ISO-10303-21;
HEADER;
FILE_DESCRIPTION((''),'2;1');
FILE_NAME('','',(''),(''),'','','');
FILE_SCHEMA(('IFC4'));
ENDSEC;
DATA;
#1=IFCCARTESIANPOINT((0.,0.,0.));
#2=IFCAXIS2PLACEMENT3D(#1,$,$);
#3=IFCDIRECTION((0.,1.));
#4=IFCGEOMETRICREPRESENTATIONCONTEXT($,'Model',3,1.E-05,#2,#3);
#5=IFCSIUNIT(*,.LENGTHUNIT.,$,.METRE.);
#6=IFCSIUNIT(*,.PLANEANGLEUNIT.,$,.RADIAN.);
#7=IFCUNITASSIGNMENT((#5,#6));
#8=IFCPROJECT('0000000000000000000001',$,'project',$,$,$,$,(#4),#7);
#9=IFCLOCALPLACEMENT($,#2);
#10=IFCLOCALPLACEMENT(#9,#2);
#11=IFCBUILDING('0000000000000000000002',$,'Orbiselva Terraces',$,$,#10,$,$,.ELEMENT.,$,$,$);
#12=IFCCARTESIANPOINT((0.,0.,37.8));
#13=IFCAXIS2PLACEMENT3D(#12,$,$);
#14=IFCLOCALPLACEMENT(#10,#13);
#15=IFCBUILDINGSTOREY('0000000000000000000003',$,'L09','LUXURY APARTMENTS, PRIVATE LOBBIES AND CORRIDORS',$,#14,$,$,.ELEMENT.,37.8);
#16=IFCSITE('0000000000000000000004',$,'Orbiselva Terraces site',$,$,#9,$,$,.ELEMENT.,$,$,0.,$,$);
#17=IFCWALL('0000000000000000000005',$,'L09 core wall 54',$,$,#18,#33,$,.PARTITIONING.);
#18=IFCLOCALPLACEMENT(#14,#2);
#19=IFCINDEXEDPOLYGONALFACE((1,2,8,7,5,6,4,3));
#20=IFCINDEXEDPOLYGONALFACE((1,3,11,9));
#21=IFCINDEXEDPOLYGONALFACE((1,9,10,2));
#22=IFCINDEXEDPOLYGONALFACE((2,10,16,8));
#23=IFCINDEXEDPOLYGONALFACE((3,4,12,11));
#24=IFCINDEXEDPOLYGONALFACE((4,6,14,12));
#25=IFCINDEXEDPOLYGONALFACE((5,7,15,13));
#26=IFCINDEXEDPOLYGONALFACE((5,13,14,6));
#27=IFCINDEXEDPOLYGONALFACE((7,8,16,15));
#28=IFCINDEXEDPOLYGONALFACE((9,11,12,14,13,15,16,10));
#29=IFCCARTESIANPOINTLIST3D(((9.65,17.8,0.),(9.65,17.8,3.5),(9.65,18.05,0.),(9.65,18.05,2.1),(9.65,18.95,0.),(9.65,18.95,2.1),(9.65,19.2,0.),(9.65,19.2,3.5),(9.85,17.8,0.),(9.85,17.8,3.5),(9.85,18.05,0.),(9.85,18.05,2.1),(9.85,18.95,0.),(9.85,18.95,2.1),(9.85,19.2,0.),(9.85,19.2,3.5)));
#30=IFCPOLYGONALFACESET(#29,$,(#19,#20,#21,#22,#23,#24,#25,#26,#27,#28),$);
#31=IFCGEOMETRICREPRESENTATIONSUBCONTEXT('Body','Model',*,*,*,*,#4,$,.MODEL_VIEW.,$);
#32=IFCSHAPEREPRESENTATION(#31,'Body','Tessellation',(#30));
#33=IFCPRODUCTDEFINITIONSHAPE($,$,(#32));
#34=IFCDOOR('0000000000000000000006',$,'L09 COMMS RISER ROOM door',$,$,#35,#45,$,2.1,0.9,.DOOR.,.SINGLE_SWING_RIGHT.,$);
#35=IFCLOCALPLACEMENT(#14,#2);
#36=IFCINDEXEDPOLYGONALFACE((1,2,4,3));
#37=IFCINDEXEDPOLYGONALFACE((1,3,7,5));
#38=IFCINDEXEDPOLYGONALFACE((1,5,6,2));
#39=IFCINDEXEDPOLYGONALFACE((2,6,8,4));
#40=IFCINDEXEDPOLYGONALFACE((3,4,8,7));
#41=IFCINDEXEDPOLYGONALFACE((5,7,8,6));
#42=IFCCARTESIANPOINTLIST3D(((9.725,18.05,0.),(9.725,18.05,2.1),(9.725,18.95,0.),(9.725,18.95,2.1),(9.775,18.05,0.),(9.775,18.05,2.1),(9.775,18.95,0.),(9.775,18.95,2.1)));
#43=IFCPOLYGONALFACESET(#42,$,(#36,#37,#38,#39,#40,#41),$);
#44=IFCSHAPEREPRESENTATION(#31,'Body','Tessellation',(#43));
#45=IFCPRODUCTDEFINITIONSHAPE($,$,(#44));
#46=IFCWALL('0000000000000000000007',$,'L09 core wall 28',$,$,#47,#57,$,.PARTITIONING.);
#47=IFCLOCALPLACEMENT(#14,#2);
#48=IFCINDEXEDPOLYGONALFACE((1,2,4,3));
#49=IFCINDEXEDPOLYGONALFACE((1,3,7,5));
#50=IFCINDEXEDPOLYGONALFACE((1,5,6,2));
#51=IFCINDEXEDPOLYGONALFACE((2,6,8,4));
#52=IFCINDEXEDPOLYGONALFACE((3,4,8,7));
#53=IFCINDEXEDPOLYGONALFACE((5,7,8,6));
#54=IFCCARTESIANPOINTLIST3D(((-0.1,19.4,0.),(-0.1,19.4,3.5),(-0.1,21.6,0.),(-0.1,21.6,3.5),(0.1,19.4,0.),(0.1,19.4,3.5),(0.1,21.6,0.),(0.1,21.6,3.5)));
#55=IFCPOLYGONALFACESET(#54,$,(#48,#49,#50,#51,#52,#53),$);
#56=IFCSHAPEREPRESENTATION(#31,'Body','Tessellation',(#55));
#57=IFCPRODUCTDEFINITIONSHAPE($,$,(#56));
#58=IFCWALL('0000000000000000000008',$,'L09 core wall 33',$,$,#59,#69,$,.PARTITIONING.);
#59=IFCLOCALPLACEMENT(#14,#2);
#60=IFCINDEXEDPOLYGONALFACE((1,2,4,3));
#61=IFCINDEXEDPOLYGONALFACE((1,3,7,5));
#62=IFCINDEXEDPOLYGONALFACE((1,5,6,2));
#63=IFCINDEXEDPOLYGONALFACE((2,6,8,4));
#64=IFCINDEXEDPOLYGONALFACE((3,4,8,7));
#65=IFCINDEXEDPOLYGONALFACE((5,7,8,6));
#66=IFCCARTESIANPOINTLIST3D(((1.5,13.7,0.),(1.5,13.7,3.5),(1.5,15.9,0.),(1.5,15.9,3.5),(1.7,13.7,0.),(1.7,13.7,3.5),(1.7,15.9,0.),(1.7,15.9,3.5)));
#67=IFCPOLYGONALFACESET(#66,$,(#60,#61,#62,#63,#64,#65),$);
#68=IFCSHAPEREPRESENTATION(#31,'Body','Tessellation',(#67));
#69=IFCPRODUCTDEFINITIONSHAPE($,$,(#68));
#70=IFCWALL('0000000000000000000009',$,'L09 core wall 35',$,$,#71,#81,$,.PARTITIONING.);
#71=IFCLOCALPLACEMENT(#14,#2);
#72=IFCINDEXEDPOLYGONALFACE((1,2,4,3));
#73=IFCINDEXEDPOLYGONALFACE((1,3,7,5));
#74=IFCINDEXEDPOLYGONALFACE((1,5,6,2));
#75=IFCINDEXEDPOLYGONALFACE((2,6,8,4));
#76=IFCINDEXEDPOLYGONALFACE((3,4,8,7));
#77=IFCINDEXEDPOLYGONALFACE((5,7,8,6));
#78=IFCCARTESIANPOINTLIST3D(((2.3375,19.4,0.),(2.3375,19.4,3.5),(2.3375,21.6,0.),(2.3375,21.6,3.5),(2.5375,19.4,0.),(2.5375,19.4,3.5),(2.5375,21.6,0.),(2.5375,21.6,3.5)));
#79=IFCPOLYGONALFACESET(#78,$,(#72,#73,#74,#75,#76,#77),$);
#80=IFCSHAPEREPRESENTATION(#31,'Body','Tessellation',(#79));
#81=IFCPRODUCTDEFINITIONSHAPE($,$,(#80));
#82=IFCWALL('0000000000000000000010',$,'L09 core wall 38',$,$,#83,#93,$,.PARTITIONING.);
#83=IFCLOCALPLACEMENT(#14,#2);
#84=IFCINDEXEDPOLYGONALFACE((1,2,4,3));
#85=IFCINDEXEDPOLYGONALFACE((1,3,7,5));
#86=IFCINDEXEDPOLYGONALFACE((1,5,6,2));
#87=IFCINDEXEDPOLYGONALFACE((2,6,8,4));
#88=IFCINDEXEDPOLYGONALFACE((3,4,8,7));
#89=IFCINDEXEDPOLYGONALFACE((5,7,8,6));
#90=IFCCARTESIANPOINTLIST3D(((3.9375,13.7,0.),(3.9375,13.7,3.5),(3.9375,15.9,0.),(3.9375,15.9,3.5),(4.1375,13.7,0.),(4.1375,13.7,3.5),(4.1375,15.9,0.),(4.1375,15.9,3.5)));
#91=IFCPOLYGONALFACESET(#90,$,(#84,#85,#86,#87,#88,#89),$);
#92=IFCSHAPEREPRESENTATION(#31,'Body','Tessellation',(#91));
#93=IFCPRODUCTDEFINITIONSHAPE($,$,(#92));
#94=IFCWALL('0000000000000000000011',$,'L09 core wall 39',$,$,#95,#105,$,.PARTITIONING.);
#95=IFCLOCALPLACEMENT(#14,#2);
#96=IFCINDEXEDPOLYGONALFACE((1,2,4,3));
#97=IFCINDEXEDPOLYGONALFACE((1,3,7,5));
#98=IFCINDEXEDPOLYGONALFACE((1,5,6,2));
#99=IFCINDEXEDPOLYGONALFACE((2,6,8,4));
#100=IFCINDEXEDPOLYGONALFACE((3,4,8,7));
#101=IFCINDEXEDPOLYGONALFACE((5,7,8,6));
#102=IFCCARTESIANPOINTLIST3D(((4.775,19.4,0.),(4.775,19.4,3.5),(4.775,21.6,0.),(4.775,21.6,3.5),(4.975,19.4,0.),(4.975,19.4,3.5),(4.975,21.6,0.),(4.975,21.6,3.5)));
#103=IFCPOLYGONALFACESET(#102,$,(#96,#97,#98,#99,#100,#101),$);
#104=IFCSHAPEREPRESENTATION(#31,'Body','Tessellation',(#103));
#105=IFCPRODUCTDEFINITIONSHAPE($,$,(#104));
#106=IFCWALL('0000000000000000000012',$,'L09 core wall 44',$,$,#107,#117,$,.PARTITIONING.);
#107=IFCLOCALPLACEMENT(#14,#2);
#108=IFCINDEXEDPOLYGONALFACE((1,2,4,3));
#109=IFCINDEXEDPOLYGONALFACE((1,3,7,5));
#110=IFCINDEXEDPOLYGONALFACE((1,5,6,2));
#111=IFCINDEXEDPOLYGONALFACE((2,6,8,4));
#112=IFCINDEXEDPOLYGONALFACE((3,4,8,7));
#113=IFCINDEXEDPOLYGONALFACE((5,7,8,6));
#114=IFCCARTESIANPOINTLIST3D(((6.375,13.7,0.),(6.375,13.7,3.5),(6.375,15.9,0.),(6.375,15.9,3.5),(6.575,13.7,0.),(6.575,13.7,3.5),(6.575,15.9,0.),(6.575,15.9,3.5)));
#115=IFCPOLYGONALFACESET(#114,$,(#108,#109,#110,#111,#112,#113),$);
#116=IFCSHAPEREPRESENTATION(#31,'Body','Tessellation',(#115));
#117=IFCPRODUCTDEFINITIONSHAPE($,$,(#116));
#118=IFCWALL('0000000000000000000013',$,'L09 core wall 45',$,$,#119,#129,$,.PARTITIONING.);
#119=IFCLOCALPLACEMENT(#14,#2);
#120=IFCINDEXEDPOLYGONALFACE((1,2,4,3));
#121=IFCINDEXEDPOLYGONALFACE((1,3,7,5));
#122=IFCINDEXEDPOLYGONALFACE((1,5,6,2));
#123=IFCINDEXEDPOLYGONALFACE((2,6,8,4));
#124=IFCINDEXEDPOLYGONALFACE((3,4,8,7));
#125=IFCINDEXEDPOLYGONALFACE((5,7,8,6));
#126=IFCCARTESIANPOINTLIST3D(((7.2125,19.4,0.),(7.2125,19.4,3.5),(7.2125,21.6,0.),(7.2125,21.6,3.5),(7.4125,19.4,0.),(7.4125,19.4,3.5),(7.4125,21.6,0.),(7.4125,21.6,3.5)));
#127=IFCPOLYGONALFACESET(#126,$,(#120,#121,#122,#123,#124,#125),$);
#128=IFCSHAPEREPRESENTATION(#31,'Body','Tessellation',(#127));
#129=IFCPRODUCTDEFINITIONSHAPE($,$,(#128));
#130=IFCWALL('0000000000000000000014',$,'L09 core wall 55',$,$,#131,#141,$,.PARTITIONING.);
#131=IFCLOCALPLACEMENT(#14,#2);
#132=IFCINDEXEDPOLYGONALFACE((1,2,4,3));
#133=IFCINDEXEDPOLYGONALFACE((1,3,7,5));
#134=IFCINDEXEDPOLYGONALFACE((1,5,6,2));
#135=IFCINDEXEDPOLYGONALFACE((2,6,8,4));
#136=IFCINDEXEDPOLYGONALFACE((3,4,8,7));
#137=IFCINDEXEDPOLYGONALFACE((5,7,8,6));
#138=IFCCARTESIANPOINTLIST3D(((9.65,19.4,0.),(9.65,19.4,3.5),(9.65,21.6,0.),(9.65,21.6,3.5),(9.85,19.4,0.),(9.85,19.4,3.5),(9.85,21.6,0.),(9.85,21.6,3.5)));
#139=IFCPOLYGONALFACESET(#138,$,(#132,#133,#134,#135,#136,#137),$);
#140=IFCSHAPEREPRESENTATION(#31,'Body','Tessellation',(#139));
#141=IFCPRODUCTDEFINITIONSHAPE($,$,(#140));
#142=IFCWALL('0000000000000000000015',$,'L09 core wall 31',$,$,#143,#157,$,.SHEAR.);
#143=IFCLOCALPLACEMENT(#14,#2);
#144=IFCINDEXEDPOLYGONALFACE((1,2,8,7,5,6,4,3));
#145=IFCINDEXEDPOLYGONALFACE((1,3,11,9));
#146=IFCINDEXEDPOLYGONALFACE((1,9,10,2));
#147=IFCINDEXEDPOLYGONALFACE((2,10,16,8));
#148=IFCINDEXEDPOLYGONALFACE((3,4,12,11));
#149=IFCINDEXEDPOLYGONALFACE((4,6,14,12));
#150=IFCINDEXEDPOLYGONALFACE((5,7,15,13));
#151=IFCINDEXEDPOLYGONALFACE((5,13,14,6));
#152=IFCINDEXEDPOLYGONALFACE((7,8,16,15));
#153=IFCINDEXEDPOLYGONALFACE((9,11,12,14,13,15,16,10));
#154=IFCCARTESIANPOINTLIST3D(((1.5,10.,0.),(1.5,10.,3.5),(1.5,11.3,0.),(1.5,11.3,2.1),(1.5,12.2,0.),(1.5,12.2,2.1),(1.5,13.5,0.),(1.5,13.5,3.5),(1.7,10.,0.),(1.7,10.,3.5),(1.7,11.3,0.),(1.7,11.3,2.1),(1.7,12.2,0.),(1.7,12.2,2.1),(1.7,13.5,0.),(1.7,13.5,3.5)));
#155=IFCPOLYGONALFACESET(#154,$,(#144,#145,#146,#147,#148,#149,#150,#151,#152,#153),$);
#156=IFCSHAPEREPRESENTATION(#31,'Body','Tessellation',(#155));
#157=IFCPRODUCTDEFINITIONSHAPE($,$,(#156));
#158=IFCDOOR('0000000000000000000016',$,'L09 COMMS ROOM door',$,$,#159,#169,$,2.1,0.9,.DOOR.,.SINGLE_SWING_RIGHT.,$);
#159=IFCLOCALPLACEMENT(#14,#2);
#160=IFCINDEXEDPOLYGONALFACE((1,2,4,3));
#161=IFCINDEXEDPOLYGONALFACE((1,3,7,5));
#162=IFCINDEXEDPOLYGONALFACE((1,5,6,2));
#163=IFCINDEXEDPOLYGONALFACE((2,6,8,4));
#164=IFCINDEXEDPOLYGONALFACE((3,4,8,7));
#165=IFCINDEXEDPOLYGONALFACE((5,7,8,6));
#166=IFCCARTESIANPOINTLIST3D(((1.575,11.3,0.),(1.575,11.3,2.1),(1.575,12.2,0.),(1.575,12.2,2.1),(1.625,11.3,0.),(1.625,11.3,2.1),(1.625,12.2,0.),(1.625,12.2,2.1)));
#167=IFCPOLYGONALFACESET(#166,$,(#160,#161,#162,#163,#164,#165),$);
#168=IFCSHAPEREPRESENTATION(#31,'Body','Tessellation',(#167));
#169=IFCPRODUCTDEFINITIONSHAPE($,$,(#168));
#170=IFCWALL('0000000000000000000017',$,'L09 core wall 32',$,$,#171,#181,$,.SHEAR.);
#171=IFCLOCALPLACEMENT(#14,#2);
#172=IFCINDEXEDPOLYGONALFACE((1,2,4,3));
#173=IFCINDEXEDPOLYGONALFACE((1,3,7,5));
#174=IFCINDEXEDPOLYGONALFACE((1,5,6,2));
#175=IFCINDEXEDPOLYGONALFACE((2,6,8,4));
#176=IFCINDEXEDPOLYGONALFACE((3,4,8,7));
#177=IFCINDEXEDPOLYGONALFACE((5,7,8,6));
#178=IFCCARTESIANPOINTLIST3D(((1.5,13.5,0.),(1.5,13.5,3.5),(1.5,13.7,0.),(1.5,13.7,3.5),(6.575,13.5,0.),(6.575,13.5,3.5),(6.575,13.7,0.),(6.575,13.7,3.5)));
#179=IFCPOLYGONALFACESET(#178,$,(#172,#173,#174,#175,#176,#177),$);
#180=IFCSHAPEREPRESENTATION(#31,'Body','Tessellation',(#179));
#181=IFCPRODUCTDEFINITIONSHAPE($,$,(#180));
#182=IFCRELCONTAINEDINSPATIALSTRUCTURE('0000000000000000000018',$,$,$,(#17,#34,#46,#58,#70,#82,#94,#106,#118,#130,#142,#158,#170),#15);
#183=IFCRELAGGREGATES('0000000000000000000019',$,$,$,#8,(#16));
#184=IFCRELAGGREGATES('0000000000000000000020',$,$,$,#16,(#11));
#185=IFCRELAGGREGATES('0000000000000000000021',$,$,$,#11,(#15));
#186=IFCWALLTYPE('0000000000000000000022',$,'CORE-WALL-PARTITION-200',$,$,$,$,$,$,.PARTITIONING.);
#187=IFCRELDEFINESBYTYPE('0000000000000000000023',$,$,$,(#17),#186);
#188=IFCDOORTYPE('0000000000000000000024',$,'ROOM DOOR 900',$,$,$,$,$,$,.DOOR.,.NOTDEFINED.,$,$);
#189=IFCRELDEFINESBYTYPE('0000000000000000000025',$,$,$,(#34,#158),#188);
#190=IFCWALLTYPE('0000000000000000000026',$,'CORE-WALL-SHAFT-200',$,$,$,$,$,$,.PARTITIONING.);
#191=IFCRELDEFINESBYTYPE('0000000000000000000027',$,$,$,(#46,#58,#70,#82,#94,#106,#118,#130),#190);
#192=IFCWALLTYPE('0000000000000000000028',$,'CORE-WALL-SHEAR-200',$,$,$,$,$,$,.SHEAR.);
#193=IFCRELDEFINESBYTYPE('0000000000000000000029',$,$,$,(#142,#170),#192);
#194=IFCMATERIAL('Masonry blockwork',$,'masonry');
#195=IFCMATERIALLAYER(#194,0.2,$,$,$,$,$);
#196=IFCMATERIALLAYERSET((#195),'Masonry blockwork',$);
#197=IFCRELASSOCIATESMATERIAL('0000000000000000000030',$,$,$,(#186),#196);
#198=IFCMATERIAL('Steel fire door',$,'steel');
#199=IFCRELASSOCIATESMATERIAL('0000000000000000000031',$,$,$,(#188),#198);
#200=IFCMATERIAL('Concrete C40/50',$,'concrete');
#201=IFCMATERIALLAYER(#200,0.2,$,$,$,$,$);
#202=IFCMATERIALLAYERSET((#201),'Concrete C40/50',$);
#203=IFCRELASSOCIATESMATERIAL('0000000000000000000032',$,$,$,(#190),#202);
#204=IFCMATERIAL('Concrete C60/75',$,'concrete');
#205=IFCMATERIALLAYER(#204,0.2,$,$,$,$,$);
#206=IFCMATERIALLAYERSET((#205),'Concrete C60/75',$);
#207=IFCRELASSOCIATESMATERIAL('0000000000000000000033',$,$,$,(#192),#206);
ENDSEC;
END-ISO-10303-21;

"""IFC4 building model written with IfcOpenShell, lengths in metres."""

from ifc_helpers import new_model, si_unit, direction, frame, frame_2d, origin, place, context, subcontext, project, spatial, rectangle, extrude, material, layer, layer_set, type_object, element, fill, save


model = new_model("IFC4")

# Units and contexts
model_context = context("Model", 3, precision=1e-05, world=origin(), true_north=direction((0.0, 1.0)))
body_context = subcontext(model_context, "Body", "Model", "MODEL_VIEW")
ifc_project = project(units=[si_unit("LENGTHUNIT", "METRE"), si_unit("PLANEANGLEUNIT", "RADIAN")], contexts=[model_context])

# Site, building, storey
site_placement = place(None, origin())
site = spatial("IfcSite", under=ifc_project, at=site_placement, Name="Orbiselva Terraces site", CompositionType="ELEMENT", RefElevation=0.0)
building_placement = place(site_placement, origin())
building = spatial("IfcBuilding", under=site, at=building_placement, Name="Orbiselva Terraces", CompositionType="ELEMENT")
storey_placement = place(building_placement, frame((0.0, 0.0, 37.8)))
storey = spatial("IfcBuildingStorey", under=building, at=storey_placement, Name="L09", Description="LUXURY APARTMENTS, PRIVATE LOBBIES AND CORRIDORS", CompositionType="ELEMENT", Elevation=37.8)

# Wall, opening, door
ifc_material_1 = material(Name="Masonry blockwork", Category="masonry")
ifc_layer_1 = layer(ifc_material_1, 0.2)
ifc_layer_set_1 = layer_set([ifc_layer_1], Name="Masonry blockwork")
wall_type_1 = type_object("IfcWallType", Name="CORE-WALL-PARTITION-200", PredefinedType="PARTITIONING", material=ifc_layer_set_1)
wall_1_placement = place(storey_placement, frame((9.75, 19.2, 0.0), z_axis=(0.0, 0.0, 1.0), x_axis=(0.0, -1.0, 0.0)))
wall_1 = element("IfcWall", 1, at=wall_1_placement, inside=storey, type_object=wall_type_1, Name="L09 core wall 54", PredefinedType="PARTITIONING", context=body_context, shape_type="SweptSolid", body=[
    extrude(rectangle(XDim=1.4, YDim=0.2, at=frame_2d((0.7, 0.0))), origin(), (0.0, 0.0, 1.0), 3.5),
])
opening_1_placement = place(wall_1_placement, frame((0.25, 0.0, 0.0)))
opening_1 = element("IfcOpeningElement", 2, at=opening_1_placement, cuts=wall_1, PredefinedType="OPENING", context=body_context, shape_type="SweptSolid", body=[
    extrude(rectangle(XDim=0.9, YDim=2.1, at=frame_2d((0.45, 1.05))), frame((0.0, 0.11, 0.0), z_axis=(0.0, -1.0, 0.0), x_axis=(1.0, 0.0, 0.0)), (0.0, 0.0, 1.0), 0.22),
])
ifc_material_2 = material(Name="Steel fire door", Category="steel")
door_type = type_object("IfcDoorType", Name="ROOM DOOR 900", OperationType="NOTDEFINED", PredefinedType="DOOR", material=ifc_material_2)
door_1_placement = place(opening_1_placement, origin())
door_1 = element("IfcDoor", 3, at=door_1_placement, inside=storey, type_object=door_type, Name="L09 COMMS RISER ROOM door", OperationType="SINGLE_SWING_RIGHT", OverallHeight=2.1, OverallWidth=0.9, PredefinedType="DOOR", context=body_context, shape_type="SweptSolid", body=[
    extrude(rectangle(XDim=0.9, YDim=2.1, at=frame_2d((0.45, 1.05))), frame((0.0, 0.025, 0.0), z_axis=(0.0, -1.0, 0.0), x_axis=(1.0, 0.0, 0.0)), (0.0, 0.0, 1.0), 0.05),
])
fill(opening_1, door_1)

# Walls
ifc_material_3 = material(Name="Concrete C40/50", Category="concrete")
ifc_layer_2 = layer(ifc_material_3, 0.2)
ifc_layer_set_2 = layer_set([ifc_layer_2], Name="Concrete C40/50")
wall_type_2 = type_object("IfcWallType", Name="CORE-WALL-SHAFT-200", PredefinedType="PARTITIONING", material=ifc_layer_set_2)
for number, where, z_axis, x_axis, name in (
    (4, (0.0, 19.4, 0.0), (0.0, 0.0, 1.0), (0.0, 1.0, 0.0), "L09 core wall 28"),
    (5, (1.6, 13.7, 0.0), (0.0, 0.0, 1.0), (0.0, 1.0, 0.0), "L09 core wall 33"),
    (6, (2.4375, 19.4, 0.0), (0.0, 0.0, 1.0), (0.0, 1.0, 0.0), "L09 core wall 35"),
    (7, (4.0375, 13.7, 0.0), (0.0, 0.0, 1.0), (0.0, 1.0, 0.0), "L09 core wall 38"),
    (8, (4.875, 19.4, 0.0), (0.0, 0.0, 1.0), (0.0, 1.0, 0.0), "L09 core wall 39"),
    (9, (6.475, 13.7, 0.0), (0.0, 0.0, 1.0), (0.0, 1.0, 0.0), "L09 core wall 44"),
    (10, (7.3125, 19.4, 0.0), (0.0, 0.0, 1.0), (0.0, 1.0, 0.0), "L09 core wall 45"),
    (11, (9.75, 19.4, 0.0), (0.0, 0.0, 1.0), (0.0, 1.0, 0.0), "L09 core wall 55"),
):
    element("IfcWall", number, at=place(storey_placement, frame(where, z_axis=z_axis, x_axis=x_axis)), inside=storey, type_object=wall_type_2, Name=name, PredefinedType="PARTITIONING", context=body_context, shape_type="SweptSolid", body=[
        extrude(rectangle(XDim=2.2, YDim=0.2, at=frame_2d((1.1, 0.0))), origin(), (0.0, 0.0, 1.0), 3.5),
    ])

# Wall, opening, door
ifc_material_4 = material(Name="Concrete C60/75", Category="concrete")
ifc_layer_3 = layer(ifc_material_4, 0.2)
ifc_layer_set_3 = layer_set([ifc_layer_3], Name="Concrete C60/75")
wall_type_3 = type_object("IfcWallType", Name="CORE-WALL-SHEAR-200", PredefinedType="SHEAR", material=ifc_layer_set_3)
wall_2_placement = place(storey_placement, frame((1.6, 13.5, 0.0), z_axis=(0.0, 0.0, 1.0), x_axis=(0.0, -1.0, 0.0)))
wall_2 = element("IfcWall", 12, at=wall_2_placement, inside=storey, type_object=wall_type_3, Name="L09 core wall 31", PredefinedType="SHEAR", context=body_context, shape_type="SweptSolid", body=[
    extrude(rectangle(XDim=3.5, YDim=0.2, at=frame_2d((1.75, 0.0))), origin(), (0.0, 0.0, 1.0), 3.5),
])
opening_2_placement = place(wall_2_placement, frame((1.3, 0.0, 0.0)))
opening_2 = element("IfcOpeningElement", 13, at=opening_2_placement, cuts=wall_2, PredefinedType="OPENING", context=body_context, shape_type="SweptSolid", body=[
    extrude(rectangle(XDim=0.9, YDim=2.1, at=frame_2d((0.45, 1.05))), frame((0.0, 0.11, 0.0), z_axis=(0.0, -1.0, 0.0), x_axis=(1.0, 0.0, 0.0)), (0.0, 0.0, 1.0), 0.22),
])
door_2_placement = place(opening_2_placement, origin())
door_2 = element("IfcDoor", 14, at=door_2_placement, inside=storey, type_object=door_type, Name="L09 COMMS ROOM door", OperationType="SINGLE_SWING_RIGHT", OverallHeight=2.1, OverallWidth=0.9, PredefinedType="DOOR", context=body_context, shape_type="SweptSolid", body=[
    extrude(rectangle(XDim=0.9, YDim=2.1, at=frame_2d((0.45, 1.05))), frame((0.0, 0.025, 0.0), z_axis=(0.0, -1.0, 0.0), x_axis=(1.0, 0.0, 0.0)), (0.0, 0.0, 1.0), 0.05),
])
fill(opening_2, door_2)

# Wall
wall_3_placement = place(storey_placement, frame((1.5, 13.6, 0.0), z_axis=(0.0, 0.0, 1.0), x_axis=(1.0, 0.0, 0.0)))
element("IfcWall", 15, at=wall_3_placement, inside=storey, type_object=wall_type_3, Name="L09 core wall 32", PredefinedType="SHEAR", context=body_context, shape_type="SweptSolid", body=[
    extrude(rectangle(XDim=5.075, YDim=0.2, at=frame_2d((2.5375, 0.0))), origin(), (0.0, 0.0, 1.0), 3.5),
])

save(model, "model.ifc")
